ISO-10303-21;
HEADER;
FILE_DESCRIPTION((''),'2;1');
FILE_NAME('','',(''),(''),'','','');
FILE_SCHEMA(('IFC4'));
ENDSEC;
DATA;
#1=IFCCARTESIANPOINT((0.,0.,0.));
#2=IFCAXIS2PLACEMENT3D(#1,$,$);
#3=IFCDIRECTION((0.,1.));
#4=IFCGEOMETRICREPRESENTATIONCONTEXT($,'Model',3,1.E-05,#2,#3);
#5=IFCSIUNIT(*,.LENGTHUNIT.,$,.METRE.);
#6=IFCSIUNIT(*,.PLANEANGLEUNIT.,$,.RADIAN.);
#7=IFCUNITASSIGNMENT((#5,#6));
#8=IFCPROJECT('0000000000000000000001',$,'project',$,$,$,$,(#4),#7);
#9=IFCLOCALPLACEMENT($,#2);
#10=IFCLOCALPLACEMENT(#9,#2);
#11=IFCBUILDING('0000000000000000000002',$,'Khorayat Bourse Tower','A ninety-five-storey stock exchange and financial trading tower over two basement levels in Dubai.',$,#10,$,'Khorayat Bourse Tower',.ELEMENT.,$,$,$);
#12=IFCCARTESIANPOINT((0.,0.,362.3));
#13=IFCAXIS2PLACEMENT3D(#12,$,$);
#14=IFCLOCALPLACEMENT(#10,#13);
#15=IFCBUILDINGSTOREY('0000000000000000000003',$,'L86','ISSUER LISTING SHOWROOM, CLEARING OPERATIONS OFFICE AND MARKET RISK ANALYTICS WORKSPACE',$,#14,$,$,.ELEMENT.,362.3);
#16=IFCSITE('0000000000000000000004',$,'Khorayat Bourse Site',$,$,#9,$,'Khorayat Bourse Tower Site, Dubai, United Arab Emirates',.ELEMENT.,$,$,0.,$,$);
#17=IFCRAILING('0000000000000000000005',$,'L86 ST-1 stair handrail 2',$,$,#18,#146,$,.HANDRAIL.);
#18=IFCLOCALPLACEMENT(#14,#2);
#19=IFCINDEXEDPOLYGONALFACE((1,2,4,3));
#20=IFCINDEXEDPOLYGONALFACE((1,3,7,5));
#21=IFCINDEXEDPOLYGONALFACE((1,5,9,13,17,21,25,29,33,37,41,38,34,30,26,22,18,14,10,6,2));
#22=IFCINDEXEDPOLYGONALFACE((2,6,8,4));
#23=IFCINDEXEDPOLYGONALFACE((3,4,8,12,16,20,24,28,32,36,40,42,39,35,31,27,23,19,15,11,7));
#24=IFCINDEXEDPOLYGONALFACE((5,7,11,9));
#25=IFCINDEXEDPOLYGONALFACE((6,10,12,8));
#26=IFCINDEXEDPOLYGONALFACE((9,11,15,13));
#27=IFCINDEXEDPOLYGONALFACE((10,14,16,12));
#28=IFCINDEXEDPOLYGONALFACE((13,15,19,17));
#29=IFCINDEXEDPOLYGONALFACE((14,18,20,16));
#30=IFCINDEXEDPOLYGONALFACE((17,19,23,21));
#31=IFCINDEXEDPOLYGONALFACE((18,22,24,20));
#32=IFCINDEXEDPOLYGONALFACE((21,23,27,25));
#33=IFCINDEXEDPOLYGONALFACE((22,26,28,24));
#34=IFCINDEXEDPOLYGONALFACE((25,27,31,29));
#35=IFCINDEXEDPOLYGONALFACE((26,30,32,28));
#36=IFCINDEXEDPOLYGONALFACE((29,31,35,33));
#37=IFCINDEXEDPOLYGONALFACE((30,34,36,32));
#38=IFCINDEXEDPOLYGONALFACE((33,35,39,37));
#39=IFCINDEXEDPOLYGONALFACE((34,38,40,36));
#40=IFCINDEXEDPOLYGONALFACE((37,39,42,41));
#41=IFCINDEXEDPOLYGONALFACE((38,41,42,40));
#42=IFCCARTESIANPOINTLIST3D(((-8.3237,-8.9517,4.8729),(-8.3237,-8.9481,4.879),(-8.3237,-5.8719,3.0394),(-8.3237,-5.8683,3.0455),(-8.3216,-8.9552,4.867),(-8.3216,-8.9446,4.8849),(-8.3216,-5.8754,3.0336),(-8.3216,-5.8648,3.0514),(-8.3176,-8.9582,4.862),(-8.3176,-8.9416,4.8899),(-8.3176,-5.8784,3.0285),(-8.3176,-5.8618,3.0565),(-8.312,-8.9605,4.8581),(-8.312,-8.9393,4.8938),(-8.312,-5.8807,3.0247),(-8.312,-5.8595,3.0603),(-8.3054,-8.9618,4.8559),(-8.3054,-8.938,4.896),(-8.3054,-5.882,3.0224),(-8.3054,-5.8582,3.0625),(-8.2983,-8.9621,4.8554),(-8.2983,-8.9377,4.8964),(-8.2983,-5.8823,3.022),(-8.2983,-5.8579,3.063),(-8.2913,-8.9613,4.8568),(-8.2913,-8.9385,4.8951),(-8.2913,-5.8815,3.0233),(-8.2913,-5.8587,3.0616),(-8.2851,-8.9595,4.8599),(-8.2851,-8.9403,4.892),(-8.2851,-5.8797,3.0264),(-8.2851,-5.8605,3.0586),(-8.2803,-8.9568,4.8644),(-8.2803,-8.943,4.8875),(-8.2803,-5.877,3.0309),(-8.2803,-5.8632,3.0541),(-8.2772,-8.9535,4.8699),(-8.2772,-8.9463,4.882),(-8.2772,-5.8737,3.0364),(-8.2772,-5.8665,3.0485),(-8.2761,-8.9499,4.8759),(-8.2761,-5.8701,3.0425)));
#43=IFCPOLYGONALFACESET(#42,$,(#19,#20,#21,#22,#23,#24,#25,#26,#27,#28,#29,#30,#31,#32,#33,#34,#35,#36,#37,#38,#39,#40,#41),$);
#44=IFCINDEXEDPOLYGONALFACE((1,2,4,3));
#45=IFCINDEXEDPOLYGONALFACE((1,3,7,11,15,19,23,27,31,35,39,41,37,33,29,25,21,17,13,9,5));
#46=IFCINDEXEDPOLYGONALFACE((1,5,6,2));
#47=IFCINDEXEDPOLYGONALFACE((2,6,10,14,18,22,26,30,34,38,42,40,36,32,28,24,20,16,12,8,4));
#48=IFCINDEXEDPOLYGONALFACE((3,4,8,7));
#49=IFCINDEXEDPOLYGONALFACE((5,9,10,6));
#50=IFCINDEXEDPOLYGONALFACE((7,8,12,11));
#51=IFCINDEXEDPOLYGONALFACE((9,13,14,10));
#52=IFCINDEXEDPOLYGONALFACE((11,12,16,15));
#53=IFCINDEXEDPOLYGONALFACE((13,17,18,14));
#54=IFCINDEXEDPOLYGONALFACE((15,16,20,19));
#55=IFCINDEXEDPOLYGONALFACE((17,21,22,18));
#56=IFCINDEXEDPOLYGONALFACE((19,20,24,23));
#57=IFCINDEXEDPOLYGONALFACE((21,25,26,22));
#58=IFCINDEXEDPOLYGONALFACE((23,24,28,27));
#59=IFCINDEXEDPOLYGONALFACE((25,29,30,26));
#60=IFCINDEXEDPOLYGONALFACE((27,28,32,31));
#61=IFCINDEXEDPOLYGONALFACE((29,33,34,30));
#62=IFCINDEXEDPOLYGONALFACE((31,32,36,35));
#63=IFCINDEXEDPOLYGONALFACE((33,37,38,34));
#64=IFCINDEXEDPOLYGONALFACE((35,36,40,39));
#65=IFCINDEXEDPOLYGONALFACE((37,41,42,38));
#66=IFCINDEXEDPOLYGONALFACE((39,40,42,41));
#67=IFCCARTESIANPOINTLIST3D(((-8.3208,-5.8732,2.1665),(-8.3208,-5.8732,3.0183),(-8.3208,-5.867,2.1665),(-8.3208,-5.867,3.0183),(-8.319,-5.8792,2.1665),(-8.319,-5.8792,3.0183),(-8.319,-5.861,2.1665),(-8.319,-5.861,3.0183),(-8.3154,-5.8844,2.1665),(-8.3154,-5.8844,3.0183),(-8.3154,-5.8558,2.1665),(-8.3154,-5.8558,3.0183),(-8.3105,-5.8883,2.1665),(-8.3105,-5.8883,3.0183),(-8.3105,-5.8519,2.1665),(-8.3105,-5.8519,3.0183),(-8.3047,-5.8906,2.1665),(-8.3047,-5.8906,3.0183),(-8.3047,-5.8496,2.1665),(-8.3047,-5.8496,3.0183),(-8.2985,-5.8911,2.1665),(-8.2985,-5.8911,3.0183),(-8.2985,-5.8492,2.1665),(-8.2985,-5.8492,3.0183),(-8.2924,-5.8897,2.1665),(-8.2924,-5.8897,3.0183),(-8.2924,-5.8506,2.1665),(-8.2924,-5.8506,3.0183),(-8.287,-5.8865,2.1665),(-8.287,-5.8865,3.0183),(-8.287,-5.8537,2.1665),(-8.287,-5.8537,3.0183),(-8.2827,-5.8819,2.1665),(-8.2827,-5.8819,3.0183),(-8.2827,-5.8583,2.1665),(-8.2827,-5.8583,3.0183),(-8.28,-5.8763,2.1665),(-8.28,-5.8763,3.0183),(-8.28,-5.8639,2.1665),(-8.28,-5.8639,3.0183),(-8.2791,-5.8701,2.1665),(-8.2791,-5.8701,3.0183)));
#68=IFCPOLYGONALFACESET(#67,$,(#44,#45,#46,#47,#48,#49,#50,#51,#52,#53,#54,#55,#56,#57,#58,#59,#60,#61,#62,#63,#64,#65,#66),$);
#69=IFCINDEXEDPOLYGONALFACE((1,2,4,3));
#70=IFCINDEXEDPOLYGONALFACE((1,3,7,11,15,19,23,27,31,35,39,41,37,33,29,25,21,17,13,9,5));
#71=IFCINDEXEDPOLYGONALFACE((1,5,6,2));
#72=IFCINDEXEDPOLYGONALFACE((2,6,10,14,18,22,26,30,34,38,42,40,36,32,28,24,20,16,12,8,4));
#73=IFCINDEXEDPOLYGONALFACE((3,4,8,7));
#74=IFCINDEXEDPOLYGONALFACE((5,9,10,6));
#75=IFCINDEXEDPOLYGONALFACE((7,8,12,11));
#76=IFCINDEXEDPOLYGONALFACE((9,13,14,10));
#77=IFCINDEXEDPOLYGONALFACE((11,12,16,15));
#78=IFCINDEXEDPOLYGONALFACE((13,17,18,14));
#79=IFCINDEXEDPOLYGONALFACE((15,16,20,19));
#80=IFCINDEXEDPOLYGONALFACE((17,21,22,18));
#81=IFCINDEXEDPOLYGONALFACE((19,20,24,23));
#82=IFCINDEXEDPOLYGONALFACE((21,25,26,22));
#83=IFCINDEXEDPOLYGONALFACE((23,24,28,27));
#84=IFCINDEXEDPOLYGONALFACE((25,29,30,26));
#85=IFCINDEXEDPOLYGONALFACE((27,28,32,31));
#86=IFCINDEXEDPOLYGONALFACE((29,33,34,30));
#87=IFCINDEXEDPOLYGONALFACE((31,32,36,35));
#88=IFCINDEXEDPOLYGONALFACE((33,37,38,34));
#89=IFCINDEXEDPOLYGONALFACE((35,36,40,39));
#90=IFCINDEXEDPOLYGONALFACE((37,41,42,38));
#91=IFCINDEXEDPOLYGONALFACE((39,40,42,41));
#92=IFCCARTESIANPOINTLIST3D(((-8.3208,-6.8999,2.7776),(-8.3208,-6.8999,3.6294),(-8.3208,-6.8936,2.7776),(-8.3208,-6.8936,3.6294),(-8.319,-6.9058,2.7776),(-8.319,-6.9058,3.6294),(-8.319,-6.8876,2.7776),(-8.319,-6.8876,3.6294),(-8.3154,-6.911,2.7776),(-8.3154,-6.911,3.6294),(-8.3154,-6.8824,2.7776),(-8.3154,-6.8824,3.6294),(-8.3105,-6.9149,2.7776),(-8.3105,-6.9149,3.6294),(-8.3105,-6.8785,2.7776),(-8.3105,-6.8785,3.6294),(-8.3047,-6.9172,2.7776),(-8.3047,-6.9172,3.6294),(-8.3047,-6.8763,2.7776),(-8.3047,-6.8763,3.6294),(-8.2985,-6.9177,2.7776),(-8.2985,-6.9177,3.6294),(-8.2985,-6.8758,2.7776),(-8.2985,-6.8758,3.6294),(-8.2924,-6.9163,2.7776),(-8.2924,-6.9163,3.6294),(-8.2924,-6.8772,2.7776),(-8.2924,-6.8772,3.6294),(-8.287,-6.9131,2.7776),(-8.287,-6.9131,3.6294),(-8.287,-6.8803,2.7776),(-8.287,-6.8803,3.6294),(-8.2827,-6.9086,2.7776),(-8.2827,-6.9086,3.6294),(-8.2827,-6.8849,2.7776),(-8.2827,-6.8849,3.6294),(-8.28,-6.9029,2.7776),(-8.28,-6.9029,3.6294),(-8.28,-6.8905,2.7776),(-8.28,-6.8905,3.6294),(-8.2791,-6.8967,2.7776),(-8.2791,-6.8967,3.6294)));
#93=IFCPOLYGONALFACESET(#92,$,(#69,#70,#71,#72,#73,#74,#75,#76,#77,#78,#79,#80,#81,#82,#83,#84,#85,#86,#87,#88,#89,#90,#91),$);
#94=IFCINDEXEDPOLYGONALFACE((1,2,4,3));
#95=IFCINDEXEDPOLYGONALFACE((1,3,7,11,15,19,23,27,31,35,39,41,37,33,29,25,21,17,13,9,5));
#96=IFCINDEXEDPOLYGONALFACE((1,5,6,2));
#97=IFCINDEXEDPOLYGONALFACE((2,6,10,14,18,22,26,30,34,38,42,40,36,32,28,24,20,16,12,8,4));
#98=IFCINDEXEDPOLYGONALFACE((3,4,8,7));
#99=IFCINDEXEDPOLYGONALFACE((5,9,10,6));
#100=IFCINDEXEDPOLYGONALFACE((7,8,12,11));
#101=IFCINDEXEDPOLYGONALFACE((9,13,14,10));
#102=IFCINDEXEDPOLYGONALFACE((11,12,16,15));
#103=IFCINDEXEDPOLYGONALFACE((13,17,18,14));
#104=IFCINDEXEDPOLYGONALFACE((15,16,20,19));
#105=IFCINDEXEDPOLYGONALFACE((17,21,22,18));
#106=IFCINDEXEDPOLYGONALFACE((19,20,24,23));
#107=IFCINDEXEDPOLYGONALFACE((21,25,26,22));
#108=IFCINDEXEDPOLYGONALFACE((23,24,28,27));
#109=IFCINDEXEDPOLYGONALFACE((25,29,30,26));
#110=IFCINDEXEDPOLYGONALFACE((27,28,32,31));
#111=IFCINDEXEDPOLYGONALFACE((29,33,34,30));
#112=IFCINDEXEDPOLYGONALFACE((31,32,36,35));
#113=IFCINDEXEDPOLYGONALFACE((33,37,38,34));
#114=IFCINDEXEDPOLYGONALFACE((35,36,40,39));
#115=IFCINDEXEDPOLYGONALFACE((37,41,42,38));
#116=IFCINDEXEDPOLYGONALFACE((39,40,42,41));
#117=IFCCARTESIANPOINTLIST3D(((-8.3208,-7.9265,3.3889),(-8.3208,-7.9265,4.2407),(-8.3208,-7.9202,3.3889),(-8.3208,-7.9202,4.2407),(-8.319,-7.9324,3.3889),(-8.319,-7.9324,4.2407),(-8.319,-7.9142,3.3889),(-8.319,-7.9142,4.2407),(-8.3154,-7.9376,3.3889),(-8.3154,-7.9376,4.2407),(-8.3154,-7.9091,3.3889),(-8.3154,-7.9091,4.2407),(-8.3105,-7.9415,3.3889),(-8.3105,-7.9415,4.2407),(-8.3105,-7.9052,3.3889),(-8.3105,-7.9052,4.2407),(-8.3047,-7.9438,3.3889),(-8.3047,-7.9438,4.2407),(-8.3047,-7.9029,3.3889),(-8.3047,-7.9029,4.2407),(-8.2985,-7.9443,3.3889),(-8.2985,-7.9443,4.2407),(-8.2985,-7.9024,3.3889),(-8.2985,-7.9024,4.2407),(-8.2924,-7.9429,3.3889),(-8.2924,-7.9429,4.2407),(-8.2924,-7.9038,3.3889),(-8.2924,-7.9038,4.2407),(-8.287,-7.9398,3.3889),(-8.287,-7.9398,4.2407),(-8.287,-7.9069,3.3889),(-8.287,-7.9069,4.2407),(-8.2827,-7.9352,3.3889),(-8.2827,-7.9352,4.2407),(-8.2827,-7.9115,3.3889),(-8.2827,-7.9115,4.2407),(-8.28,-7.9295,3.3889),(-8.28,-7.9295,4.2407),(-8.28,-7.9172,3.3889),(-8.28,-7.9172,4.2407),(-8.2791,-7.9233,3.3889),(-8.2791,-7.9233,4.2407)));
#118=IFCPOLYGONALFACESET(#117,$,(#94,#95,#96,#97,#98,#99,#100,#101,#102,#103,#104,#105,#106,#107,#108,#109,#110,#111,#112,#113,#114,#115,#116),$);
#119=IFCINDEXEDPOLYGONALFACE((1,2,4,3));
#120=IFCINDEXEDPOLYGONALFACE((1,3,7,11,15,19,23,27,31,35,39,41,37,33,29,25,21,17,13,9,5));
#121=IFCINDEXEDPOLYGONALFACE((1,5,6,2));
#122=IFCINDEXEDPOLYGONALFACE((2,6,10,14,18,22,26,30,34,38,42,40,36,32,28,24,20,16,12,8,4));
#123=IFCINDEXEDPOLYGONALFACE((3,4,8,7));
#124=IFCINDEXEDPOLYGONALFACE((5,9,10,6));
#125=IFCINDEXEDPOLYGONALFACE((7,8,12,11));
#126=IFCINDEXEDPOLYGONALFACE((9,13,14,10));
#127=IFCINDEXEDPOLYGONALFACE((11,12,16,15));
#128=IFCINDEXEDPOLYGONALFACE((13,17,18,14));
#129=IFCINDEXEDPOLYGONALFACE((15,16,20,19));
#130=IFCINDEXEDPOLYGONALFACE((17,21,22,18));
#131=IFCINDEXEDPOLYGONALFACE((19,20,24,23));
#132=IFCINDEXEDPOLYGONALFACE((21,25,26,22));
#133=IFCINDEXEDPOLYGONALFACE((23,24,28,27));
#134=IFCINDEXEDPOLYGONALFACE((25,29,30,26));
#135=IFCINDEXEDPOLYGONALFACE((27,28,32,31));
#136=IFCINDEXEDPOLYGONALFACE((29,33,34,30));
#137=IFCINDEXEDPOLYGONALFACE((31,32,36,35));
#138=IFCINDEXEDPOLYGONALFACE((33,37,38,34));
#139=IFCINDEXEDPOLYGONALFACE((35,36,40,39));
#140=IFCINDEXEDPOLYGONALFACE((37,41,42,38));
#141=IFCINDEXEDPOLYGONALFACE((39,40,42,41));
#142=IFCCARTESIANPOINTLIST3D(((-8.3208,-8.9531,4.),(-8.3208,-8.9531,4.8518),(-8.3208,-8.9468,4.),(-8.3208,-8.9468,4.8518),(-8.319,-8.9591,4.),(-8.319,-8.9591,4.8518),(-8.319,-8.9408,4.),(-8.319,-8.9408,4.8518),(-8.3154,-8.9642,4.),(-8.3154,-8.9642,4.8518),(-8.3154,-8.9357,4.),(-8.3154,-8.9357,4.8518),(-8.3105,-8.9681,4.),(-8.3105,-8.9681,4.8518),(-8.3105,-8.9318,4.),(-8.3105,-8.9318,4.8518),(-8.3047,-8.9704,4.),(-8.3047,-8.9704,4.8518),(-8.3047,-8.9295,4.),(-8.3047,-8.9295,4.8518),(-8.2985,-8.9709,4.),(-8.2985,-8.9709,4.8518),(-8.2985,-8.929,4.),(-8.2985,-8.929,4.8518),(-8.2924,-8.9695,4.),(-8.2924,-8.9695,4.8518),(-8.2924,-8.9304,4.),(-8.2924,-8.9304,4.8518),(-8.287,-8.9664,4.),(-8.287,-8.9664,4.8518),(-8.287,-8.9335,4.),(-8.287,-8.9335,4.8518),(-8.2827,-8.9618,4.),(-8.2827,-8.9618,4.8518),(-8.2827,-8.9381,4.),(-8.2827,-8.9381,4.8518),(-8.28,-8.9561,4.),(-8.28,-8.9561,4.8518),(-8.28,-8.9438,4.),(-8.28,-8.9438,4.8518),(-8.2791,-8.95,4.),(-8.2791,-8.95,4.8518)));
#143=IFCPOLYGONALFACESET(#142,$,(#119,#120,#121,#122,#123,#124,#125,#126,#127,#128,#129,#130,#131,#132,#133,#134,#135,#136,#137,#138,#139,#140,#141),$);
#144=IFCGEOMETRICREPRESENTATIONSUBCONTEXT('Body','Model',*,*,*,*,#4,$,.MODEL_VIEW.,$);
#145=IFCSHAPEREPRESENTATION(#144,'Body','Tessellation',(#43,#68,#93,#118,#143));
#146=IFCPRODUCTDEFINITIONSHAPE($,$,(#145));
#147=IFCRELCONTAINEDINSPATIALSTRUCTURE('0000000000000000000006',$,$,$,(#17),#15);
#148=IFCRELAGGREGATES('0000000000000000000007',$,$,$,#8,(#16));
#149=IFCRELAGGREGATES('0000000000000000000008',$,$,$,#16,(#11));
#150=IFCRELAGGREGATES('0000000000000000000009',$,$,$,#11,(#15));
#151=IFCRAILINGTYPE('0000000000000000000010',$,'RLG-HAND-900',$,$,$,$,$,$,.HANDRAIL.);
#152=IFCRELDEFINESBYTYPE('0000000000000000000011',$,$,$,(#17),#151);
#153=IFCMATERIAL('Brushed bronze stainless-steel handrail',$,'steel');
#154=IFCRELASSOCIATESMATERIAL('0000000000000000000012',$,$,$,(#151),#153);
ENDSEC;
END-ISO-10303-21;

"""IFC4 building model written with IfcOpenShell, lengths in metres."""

from ifc_helpers import new_model, si_unit, direction, frame, origin, origin_2d, place, context, subcontext, project, spatial, circle, extrude, source, transform, mapped, material, type_object, element, save


model = new_model("IFC4")

# Units and contexts
model_context = context("Model", 3, precision=1e-05, world=origin(), true_north=direction((0.0, 1.0)))
body_context = subcontext(model_context, "Body", "Model", "MODEL_VIEW")
ifc_project = project(units=[si_unit("LENGTHUNIT", "METRE"), si_unit("PLANEANGLEUNIT", "RADIAN")], contexts=[model_context])

# Site, building, storey
site_placement = place(None, origin())
site = spatial("IfcSite", under=ifc_project, at=site_placement, Name="Khorayat Bourse Site", LongName="Khorayat Bourse Tower Site, Dubai, United Arab Emirates", CompositionType="ELEMENT", RefElevation=0.0)
building_placement = place(site_placement, origin())
building = spatial("IfcBuilding", under=site, at=building_placement, Name="Khorayat Bourse Tower", Description="A ninety-five-storey stock exchange and financial trading tower over two basement levels in Dubai.", LongName="Khorayat Bourse Tower", CompositionType="ELEMENT")
storey_placement = place(building_placement, frame((0.0, 0.0, 362.3)))
storey = spatial("IfcBuildingStorey", under=building, at=storey_placement, Name="L86", Description="ISSUER LISTING SHOWROOM, CLEARING OPERATIONS OFFICE AND MARKET RISK ANALYTICS WORKSPACE", CompositionType="ELEMENT", Elevation=362.3)

# Railing
ifc_material_1 = material(Name="Brushed bronze stainless-steel handrail", Category="steel")
railing_type_1 = type_object("IfcRailingType", Name="RLG-HAND-900", PredefinedType="HANDRAIL", material=ifc_material_1)
shared_shape_1 = source(origin(), body_context, "Body", "SweptSolid", [
    extrude(circle(Radius=0.0239, at=origin_2d()), frame((0.0, 0.0, 0.876), z_axis=(0.0, -0.859261, 0.511538), x_axis=(1.0, 0.0, 0.0)), (0.0, 0.0, 1.0), 3.5842),
    extrude(circle(Radius=0.021, at=origin_2d()), origin(), (0.0, 0.0, 1.0), 0.8518),
    extrude(circle(Radius=0.021, at=origin_2d()), frame((0.0, -1.0266, 0.6111)), (0.0, 0.0, 1.0), 0.8518),
    extrude(circle(Radius=0.021, at=origin_2d()), frame((0.0, -2.0532, 1.2224)), (0.0, 0.0, 1.0), 0.8518),
    extrude(circle(Radius=0.021, at=origin_2d()), frame((0.0, -3.0798, 1.8335)), (0.0, 0.0, 1.0), 0.8518),
])
railing_1_placement = place(storey_placement, frame((-8.3, -5.8701, 2.1665)))
element("IfcRailing", 1, at=railing_1_placement, inside=storey, type_object=railing_type_1, Name="L86 ST-1 stair handrail 2", PredefinedType="HANDRAIL", context=body_context, shape_type="MappedRepresentation", body=[
    mapped(shared_shape_1, transform((0.0, 0.0, 0.0), scale=1.0)),
])

save(model, "model.ifc")
